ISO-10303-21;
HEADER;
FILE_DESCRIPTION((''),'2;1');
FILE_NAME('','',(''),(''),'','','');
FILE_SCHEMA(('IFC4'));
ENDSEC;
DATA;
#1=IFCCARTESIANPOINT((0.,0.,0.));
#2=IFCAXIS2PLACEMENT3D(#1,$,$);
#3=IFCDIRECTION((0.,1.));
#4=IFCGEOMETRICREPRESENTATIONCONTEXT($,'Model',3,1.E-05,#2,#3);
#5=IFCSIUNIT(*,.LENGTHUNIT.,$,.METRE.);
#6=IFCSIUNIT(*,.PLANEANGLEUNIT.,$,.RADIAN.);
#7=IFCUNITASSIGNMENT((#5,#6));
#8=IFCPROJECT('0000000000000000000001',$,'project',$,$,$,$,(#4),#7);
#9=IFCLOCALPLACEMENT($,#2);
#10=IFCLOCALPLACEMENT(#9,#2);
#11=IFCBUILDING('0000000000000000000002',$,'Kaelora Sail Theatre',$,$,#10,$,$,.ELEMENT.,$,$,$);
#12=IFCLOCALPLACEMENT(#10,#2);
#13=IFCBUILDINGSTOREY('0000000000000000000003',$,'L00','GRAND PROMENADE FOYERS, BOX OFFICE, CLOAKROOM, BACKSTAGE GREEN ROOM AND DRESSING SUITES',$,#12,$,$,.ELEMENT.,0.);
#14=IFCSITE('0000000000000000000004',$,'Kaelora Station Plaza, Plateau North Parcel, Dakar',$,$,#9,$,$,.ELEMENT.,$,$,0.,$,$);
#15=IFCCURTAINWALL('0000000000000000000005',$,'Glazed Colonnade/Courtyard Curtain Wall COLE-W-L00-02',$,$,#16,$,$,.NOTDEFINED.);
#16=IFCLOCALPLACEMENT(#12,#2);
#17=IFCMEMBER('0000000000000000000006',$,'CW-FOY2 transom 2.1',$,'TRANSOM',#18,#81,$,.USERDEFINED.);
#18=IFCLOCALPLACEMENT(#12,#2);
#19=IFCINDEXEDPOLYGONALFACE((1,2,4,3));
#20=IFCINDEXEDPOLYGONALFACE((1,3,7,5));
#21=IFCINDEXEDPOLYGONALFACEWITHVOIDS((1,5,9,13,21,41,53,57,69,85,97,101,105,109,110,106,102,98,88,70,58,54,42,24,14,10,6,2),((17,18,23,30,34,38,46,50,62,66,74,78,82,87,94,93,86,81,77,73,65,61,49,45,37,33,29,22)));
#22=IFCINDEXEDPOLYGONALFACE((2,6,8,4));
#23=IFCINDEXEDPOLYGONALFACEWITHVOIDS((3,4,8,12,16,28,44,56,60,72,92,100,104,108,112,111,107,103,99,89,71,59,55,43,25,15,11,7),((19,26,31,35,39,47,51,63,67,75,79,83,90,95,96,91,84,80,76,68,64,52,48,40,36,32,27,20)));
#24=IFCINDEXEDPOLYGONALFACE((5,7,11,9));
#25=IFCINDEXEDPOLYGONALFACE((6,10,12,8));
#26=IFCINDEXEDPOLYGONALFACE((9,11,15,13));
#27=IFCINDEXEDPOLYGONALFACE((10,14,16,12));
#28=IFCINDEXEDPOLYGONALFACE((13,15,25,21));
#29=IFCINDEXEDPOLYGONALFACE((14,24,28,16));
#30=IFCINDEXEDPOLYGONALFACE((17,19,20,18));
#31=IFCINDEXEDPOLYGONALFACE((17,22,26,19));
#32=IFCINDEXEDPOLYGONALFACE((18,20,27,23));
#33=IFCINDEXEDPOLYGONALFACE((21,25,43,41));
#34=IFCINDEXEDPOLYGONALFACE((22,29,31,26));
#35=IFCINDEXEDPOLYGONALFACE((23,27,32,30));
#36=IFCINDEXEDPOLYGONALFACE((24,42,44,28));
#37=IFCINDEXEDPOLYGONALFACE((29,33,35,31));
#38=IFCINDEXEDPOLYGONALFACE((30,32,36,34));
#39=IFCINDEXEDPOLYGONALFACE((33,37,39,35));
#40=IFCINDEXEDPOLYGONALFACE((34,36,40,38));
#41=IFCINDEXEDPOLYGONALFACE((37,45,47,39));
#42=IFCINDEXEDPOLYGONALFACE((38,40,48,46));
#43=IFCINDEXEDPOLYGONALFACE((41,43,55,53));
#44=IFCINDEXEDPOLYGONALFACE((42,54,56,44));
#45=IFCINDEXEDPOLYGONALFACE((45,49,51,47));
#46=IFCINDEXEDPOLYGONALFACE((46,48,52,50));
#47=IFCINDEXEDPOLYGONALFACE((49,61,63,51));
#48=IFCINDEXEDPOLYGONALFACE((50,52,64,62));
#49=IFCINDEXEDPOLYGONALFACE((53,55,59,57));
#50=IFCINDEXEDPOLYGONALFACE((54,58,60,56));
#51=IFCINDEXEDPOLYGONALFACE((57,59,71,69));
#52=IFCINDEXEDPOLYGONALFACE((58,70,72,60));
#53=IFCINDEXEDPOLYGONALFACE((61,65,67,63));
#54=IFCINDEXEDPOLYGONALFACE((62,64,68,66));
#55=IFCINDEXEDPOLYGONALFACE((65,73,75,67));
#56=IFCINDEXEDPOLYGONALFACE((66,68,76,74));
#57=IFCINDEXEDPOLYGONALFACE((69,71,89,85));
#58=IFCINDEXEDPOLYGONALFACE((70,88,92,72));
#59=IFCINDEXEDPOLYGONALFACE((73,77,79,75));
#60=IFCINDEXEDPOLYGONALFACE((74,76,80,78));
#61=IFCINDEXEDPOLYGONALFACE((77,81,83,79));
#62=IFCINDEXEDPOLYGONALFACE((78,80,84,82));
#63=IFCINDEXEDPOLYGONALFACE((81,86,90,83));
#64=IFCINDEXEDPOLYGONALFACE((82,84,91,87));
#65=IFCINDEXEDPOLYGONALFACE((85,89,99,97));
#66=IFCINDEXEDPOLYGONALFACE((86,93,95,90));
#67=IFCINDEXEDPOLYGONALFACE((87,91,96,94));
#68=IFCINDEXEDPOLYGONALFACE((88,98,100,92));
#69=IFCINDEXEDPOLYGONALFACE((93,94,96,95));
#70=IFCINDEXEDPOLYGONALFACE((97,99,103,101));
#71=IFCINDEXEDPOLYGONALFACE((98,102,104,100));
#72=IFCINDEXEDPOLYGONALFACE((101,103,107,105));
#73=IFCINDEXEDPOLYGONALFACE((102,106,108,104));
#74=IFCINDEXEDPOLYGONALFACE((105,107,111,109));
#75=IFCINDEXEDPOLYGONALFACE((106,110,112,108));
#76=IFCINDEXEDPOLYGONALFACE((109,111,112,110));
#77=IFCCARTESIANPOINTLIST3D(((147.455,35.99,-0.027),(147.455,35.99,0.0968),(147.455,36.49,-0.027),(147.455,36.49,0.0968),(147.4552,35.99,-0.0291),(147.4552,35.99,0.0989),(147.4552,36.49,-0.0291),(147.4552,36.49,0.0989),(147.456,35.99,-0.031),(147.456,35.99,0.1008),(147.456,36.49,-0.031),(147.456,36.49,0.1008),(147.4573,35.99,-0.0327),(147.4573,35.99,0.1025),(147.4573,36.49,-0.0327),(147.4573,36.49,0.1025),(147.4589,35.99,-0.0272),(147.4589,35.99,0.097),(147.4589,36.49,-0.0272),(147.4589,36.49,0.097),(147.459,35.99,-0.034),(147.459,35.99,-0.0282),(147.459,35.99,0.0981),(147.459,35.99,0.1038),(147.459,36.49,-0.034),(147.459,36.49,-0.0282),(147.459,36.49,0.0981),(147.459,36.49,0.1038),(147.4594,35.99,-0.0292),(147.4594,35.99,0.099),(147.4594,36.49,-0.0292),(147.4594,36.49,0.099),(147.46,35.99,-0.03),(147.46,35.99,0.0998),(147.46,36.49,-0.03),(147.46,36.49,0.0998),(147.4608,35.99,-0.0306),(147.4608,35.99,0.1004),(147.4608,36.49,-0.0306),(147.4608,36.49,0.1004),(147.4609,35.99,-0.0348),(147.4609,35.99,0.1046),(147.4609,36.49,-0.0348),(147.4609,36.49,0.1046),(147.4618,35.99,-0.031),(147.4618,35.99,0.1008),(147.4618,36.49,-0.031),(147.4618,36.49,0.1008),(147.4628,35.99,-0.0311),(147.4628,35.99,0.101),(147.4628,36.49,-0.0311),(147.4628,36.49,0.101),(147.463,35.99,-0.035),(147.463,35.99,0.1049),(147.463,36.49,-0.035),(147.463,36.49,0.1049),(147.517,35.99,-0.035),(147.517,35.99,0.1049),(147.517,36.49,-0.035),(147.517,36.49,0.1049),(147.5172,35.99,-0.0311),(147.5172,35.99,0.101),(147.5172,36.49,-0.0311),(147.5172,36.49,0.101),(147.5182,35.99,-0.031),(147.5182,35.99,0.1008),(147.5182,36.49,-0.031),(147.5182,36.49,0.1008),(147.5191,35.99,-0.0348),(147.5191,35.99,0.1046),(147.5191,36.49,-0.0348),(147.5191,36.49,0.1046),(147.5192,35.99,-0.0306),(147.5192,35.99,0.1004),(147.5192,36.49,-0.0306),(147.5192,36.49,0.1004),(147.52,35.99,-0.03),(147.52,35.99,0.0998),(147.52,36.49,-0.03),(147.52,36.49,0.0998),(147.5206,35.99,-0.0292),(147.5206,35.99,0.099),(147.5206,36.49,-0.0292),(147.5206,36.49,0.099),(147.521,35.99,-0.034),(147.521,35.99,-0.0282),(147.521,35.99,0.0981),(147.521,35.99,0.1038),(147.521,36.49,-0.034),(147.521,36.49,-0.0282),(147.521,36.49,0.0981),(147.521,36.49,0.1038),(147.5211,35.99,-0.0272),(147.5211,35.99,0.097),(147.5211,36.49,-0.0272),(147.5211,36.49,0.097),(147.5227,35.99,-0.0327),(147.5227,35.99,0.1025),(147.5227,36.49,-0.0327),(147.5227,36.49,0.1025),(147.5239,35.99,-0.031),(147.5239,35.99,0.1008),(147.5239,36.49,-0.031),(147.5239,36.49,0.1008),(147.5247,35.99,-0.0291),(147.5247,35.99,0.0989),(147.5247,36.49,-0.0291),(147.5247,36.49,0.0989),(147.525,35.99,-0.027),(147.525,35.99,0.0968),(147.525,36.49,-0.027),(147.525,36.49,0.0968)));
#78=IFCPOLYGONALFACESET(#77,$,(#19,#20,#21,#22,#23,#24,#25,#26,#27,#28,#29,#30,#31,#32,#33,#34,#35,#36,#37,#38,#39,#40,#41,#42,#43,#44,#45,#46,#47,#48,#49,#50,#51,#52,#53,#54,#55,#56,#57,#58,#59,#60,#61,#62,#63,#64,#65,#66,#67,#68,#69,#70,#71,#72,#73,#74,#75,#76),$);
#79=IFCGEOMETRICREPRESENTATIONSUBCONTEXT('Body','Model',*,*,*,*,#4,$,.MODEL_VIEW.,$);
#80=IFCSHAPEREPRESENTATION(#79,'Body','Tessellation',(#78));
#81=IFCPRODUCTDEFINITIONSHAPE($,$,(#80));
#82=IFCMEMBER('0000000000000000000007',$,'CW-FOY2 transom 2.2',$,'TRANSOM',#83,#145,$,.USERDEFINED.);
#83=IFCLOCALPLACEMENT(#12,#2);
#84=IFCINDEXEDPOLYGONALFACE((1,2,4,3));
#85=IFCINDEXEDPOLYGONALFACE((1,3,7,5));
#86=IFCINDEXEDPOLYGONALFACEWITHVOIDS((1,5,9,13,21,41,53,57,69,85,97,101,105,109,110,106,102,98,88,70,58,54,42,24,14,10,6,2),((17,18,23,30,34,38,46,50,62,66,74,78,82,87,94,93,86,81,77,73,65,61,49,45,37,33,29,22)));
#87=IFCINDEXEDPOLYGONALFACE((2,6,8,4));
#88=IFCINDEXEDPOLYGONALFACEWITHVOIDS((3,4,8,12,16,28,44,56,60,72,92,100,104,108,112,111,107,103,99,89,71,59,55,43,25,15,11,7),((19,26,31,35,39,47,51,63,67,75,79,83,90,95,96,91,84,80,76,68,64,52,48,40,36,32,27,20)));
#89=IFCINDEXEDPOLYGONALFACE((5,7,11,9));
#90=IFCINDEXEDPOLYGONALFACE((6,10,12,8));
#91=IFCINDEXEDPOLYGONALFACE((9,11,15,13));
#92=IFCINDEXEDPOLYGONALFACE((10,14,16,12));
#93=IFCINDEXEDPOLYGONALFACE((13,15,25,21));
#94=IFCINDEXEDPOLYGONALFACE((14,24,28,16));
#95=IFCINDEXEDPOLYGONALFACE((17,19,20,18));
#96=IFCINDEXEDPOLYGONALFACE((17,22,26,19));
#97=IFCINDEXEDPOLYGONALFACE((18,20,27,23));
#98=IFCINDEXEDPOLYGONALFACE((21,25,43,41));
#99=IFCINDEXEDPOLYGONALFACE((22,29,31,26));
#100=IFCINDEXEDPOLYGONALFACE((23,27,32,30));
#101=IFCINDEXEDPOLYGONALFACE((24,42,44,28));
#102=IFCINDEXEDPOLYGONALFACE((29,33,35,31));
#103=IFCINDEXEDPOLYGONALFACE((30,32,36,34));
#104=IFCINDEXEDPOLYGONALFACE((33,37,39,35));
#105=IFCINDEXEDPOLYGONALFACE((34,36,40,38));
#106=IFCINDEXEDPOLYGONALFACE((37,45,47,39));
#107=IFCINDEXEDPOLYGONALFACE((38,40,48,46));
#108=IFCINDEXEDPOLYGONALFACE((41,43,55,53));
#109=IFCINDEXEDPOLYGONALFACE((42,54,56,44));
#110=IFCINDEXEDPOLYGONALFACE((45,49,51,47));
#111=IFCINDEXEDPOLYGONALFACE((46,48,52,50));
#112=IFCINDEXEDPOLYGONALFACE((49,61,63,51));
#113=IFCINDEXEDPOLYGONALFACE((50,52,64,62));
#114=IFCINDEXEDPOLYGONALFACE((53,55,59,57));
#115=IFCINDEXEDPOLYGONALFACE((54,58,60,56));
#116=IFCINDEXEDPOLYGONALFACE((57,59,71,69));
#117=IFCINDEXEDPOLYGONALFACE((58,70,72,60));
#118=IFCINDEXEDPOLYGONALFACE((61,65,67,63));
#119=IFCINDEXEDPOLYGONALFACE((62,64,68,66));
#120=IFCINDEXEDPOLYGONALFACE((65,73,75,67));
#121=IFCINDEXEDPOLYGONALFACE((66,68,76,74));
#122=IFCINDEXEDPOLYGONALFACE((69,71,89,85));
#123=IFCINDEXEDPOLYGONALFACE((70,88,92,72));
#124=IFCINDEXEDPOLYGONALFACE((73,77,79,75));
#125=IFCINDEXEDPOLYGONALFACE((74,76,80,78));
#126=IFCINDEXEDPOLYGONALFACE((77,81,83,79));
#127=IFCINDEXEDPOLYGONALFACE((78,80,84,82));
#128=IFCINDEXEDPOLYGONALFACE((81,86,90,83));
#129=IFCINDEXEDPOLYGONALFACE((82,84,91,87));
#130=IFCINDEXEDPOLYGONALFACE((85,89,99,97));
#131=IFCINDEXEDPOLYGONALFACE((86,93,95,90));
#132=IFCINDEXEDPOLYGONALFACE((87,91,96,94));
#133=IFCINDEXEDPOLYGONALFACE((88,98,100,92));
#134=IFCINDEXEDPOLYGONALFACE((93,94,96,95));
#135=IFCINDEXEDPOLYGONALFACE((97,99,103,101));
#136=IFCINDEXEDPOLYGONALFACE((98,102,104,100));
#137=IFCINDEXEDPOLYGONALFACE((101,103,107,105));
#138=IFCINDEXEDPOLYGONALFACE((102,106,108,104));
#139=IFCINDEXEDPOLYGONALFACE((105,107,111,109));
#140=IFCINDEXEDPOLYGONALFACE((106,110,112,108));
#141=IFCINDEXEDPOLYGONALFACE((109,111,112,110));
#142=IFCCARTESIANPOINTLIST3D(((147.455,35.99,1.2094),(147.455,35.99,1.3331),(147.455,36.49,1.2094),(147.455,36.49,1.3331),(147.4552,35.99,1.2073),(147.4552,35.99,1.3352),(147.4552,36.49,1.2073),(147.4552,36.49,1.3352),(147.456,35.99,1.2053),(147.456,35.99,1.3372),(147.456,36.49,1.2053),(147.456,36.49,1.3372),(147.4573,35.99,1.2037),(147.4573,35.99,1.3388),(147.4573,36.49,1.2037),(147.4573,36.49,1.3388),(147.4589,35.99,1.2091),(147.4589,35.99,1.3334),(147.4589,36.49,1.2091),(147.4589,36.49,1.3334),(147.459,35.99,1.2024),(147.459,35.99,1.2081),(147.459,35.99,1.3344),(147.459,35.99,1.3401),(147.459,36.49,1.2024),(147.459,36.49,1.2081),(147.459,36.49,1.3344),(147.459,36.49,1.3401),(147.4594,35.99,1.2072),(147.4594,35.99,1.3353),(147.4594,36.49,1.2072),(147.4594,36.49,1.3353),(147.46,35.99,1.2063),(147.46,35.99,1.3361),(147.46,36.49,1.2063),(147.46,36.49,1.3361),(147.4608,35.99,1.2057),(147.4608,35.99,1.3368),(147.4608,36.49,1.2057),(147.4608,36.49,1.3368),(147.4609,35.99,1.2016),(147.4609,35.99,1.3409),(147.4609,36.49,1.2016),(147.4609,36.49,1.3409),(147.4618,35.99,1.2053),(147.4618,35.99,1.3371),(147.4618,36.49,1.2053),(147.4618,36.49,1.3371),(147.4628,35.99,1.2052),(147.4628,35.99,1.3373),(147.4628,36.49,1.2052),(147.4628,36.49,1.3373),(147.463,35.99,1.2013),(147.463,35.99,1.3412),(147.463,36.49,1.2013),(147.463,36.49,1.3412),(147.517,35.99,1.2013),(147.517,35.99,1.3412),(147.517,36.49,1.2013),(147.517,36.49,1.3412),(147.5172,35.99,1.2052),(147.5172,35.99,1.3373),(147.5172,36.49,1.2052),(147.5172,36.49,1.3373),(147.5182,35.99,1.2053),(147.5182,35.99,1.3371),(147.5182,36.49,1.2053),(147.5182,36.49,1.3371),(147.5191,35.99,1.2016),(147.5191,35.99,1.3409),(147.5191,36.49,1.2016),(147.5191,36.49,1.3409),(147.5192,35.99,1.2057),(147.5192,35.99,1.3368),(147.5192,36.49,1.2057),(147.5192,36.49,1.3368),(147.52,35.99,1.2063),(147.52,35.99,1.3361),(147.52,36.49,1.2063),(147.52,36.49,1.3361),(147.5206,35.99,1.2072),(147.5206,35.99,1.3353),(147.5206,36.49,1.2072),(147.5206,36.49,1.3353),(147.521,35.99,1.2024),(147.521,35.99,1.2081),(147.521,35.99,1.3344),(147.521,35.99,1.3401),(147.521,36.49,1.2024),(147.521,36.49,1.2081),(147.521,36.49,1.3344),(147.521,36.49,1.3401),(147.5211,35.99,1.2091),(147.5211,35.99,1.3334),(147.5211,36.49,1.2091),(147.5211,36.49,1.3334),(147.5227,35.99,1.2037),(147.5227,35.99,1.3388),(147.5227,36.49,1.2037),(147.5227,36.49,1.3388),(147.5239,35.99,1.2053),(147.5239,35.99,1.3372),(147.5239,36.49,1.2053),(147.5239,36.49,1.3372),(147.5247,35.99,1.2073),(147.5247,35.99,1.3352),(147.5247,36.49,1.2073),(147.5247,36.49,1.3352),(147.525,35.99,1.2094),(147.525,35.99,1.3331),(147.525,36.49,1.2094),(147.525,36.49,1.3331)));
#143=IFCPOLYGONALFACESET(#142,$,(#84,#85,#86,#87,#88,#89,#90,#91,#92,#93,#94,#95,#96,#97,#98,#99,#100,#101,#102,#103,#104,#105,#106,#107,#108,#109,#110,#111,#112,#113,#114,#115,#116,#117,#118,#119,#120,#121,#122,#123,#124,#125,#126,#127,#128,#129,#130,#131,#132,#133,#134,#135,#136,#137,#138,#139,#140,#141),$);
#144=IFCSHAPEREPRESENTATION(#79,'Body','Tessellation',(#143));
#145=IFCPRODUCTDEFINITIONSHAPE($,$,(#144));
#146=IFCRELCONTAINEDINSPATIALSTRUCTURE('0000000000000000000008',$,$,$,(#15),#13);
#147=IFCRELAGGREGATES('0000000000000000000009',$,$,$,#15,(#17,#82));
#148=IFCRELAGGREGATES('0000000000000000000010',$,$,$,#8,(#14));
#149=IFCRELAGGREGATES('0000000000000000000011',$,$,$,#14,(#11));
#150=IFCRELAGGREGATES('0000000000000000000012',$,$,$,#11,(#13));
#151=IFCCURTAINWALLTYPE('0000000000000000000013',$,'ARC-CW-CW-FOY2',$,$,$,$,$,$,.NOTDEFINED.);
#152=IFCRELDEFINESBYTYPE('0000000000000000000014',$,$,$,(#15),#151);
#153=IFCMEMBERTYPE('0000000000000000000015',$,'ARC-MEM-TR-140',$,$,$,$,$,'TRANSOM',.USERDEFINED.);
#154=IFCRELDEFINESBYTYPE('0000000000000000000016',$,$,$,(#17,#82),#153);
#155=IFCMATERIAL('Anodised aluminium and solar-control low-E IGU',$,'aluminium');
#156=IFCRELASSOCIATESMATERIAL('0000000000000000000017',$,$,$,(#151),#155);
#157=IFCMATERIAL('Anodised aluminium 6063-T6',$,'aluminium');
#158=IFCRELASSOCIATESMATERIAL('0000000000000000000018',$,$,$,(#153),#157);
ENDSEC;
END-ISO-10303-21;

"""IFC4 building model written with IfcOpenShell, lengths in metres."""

from ifc_helpers import new_model, si_unit, direction, frame, origin, origin_2d, place, context, subcontext, project, spatial, hollow_rectangle, extrude, material, material_profile, profile_set, type_object, element, aggregate, save


model = new_model("IFC4")

# Units and contexts
model_context = context("Model", 3, precision=1e-05, world=origin(), true_north=direction((0.0, 1.0)))
body_context = subcontext(model_context, "Body", "Model", "MODEL_VIEW")
ifc_project = project(units=[si_unit("LENGTHUNIT", "METRE"), si_unit("PLANEANGLEUNIT", "RADIAN")], contexts=[model_context])

# Site, building, storey
site_placement = place(None, origin())
site = spatial("IfcSite", under=ifc_project, at=site_placement, Name="Kaelora Station Plaza, Plateau North Parcel, Dakar", CompositionType="ELEMENT", RefElevation=0.0)
building_placement = place(site_placement, origin())
building = spatial("IfcBuilding", under=site, at=building_placement, Name="Kaelora Sail Theatre", CompositionType="ELEMENT")
storey_placement = place(building_placement, origin())
storey = spatial("IfcBuildingStorey", under=building, at=storey_placement, Name="L00", Description="GRAND PROMENADE FOYERS, BOX OFFICE, CLOAKROOM, BACKSTAGE GREEN ROOM AND DRESSING SUITES", CompositionType="ELEMENT", Elevation=0.0)

# Shared definitions
ifc_material_1 = material(Name="Anodised aluminium and solar-control low-E IGU", Category="aluminium")
curtain_wall_type = type_object("IfcCurtainWallType", Name="ARC-CW-CW-FOY2", PredefinedType="NOTDEFINED", material=ifc_material_1)

# Curtain wall
curtain_wall_1_placement = place(storey_placement, origin())
curtain_wall_1 = element("IfcCurtainWall", 1, at=curtain_wall_1_placement, inside=storey, type_object=curtain_wall_type, Name="Glazed Colonnade/Courtyard Curtain Wall COLE-W-L00-02", PredefinedType="NOTDEFINED")

# Members
ifc_material_2 = material(Name="Anodised aluminium 6063-T6", Category="aluminium")
ifc_material_profile_1 = material_profile(ifc_material_2, hollow_rectangle(XDim=0.0701, YDim=0.1399, WallThickness=0.0039, InnerFilletRadius=0.0039, OuterFilletRadius=0.0081, at=origin_2d()), Name="ALU-TRAN 70x140x4")
ifc_profile_set_1 = profile_set([ifc_material_profile_1], Name="Anodised aluminium 6063-T6")
member_type_1 = type_object("IfcMemberType", Name="ARC-MEM-TR-140", ElementType="TRANSOM", PredefinedType="USERDEFINED", material=ifc_profile_set_1)
member_1_placement = place(storey_placement, frame((147.49, 35.99, 0.0349), z_axis=(0.0, 1.0, 0.0), x_axis=(-1.0, 0.0, 0.0)))
member_1 = element("IfcMember", 2, at=member_1_placement, type_object=member_type_1, Name="CW-FOY2 transom 2.1", ObjectType="TRANSOM", PredefinedType="USERDEFINED", context=body_context, shape_type="SweptSolid", body=[
    extrude(hollow_rectangle(XDim=0.0701, YDim=0.1399, WallThickness=0.0039, InnerFilletRadius=0.0039, OuterFilletRadius=0.0081, at=origin_2d()), origin(), (0.0, 0.0, 1.0), 0.5),
])
member_2_placement = place(storey_placement, frame((147.49, 35.99, 1.2712), z_axis=(0.0, 1.0, 0.0), x_axis=(-1.0, 0.0, 0.0)))
member_2 = element("IfcMember", 3, at=member_2_placement, type_object=member_type_1, Name="CW-FOY2 transom 2.2", ObjectType="TRANSOM", PredefinedType="USERDEFINED", context=body_context, shape_type="SweptSolid", body=[
    extrude(hollow_rectangle(XDim=0.0701, YDim=0.1399, WallThickness=0.0039, InnerFilletRadius=0.0039, OuterFilletRadius=0.0081, at=origin_2d()), origin(), (0.0, 0.0, 1.0), 0.5),
])

aggregate(curtain_wall_1, [member_1, member_2])

save(model, "model.ifc")
